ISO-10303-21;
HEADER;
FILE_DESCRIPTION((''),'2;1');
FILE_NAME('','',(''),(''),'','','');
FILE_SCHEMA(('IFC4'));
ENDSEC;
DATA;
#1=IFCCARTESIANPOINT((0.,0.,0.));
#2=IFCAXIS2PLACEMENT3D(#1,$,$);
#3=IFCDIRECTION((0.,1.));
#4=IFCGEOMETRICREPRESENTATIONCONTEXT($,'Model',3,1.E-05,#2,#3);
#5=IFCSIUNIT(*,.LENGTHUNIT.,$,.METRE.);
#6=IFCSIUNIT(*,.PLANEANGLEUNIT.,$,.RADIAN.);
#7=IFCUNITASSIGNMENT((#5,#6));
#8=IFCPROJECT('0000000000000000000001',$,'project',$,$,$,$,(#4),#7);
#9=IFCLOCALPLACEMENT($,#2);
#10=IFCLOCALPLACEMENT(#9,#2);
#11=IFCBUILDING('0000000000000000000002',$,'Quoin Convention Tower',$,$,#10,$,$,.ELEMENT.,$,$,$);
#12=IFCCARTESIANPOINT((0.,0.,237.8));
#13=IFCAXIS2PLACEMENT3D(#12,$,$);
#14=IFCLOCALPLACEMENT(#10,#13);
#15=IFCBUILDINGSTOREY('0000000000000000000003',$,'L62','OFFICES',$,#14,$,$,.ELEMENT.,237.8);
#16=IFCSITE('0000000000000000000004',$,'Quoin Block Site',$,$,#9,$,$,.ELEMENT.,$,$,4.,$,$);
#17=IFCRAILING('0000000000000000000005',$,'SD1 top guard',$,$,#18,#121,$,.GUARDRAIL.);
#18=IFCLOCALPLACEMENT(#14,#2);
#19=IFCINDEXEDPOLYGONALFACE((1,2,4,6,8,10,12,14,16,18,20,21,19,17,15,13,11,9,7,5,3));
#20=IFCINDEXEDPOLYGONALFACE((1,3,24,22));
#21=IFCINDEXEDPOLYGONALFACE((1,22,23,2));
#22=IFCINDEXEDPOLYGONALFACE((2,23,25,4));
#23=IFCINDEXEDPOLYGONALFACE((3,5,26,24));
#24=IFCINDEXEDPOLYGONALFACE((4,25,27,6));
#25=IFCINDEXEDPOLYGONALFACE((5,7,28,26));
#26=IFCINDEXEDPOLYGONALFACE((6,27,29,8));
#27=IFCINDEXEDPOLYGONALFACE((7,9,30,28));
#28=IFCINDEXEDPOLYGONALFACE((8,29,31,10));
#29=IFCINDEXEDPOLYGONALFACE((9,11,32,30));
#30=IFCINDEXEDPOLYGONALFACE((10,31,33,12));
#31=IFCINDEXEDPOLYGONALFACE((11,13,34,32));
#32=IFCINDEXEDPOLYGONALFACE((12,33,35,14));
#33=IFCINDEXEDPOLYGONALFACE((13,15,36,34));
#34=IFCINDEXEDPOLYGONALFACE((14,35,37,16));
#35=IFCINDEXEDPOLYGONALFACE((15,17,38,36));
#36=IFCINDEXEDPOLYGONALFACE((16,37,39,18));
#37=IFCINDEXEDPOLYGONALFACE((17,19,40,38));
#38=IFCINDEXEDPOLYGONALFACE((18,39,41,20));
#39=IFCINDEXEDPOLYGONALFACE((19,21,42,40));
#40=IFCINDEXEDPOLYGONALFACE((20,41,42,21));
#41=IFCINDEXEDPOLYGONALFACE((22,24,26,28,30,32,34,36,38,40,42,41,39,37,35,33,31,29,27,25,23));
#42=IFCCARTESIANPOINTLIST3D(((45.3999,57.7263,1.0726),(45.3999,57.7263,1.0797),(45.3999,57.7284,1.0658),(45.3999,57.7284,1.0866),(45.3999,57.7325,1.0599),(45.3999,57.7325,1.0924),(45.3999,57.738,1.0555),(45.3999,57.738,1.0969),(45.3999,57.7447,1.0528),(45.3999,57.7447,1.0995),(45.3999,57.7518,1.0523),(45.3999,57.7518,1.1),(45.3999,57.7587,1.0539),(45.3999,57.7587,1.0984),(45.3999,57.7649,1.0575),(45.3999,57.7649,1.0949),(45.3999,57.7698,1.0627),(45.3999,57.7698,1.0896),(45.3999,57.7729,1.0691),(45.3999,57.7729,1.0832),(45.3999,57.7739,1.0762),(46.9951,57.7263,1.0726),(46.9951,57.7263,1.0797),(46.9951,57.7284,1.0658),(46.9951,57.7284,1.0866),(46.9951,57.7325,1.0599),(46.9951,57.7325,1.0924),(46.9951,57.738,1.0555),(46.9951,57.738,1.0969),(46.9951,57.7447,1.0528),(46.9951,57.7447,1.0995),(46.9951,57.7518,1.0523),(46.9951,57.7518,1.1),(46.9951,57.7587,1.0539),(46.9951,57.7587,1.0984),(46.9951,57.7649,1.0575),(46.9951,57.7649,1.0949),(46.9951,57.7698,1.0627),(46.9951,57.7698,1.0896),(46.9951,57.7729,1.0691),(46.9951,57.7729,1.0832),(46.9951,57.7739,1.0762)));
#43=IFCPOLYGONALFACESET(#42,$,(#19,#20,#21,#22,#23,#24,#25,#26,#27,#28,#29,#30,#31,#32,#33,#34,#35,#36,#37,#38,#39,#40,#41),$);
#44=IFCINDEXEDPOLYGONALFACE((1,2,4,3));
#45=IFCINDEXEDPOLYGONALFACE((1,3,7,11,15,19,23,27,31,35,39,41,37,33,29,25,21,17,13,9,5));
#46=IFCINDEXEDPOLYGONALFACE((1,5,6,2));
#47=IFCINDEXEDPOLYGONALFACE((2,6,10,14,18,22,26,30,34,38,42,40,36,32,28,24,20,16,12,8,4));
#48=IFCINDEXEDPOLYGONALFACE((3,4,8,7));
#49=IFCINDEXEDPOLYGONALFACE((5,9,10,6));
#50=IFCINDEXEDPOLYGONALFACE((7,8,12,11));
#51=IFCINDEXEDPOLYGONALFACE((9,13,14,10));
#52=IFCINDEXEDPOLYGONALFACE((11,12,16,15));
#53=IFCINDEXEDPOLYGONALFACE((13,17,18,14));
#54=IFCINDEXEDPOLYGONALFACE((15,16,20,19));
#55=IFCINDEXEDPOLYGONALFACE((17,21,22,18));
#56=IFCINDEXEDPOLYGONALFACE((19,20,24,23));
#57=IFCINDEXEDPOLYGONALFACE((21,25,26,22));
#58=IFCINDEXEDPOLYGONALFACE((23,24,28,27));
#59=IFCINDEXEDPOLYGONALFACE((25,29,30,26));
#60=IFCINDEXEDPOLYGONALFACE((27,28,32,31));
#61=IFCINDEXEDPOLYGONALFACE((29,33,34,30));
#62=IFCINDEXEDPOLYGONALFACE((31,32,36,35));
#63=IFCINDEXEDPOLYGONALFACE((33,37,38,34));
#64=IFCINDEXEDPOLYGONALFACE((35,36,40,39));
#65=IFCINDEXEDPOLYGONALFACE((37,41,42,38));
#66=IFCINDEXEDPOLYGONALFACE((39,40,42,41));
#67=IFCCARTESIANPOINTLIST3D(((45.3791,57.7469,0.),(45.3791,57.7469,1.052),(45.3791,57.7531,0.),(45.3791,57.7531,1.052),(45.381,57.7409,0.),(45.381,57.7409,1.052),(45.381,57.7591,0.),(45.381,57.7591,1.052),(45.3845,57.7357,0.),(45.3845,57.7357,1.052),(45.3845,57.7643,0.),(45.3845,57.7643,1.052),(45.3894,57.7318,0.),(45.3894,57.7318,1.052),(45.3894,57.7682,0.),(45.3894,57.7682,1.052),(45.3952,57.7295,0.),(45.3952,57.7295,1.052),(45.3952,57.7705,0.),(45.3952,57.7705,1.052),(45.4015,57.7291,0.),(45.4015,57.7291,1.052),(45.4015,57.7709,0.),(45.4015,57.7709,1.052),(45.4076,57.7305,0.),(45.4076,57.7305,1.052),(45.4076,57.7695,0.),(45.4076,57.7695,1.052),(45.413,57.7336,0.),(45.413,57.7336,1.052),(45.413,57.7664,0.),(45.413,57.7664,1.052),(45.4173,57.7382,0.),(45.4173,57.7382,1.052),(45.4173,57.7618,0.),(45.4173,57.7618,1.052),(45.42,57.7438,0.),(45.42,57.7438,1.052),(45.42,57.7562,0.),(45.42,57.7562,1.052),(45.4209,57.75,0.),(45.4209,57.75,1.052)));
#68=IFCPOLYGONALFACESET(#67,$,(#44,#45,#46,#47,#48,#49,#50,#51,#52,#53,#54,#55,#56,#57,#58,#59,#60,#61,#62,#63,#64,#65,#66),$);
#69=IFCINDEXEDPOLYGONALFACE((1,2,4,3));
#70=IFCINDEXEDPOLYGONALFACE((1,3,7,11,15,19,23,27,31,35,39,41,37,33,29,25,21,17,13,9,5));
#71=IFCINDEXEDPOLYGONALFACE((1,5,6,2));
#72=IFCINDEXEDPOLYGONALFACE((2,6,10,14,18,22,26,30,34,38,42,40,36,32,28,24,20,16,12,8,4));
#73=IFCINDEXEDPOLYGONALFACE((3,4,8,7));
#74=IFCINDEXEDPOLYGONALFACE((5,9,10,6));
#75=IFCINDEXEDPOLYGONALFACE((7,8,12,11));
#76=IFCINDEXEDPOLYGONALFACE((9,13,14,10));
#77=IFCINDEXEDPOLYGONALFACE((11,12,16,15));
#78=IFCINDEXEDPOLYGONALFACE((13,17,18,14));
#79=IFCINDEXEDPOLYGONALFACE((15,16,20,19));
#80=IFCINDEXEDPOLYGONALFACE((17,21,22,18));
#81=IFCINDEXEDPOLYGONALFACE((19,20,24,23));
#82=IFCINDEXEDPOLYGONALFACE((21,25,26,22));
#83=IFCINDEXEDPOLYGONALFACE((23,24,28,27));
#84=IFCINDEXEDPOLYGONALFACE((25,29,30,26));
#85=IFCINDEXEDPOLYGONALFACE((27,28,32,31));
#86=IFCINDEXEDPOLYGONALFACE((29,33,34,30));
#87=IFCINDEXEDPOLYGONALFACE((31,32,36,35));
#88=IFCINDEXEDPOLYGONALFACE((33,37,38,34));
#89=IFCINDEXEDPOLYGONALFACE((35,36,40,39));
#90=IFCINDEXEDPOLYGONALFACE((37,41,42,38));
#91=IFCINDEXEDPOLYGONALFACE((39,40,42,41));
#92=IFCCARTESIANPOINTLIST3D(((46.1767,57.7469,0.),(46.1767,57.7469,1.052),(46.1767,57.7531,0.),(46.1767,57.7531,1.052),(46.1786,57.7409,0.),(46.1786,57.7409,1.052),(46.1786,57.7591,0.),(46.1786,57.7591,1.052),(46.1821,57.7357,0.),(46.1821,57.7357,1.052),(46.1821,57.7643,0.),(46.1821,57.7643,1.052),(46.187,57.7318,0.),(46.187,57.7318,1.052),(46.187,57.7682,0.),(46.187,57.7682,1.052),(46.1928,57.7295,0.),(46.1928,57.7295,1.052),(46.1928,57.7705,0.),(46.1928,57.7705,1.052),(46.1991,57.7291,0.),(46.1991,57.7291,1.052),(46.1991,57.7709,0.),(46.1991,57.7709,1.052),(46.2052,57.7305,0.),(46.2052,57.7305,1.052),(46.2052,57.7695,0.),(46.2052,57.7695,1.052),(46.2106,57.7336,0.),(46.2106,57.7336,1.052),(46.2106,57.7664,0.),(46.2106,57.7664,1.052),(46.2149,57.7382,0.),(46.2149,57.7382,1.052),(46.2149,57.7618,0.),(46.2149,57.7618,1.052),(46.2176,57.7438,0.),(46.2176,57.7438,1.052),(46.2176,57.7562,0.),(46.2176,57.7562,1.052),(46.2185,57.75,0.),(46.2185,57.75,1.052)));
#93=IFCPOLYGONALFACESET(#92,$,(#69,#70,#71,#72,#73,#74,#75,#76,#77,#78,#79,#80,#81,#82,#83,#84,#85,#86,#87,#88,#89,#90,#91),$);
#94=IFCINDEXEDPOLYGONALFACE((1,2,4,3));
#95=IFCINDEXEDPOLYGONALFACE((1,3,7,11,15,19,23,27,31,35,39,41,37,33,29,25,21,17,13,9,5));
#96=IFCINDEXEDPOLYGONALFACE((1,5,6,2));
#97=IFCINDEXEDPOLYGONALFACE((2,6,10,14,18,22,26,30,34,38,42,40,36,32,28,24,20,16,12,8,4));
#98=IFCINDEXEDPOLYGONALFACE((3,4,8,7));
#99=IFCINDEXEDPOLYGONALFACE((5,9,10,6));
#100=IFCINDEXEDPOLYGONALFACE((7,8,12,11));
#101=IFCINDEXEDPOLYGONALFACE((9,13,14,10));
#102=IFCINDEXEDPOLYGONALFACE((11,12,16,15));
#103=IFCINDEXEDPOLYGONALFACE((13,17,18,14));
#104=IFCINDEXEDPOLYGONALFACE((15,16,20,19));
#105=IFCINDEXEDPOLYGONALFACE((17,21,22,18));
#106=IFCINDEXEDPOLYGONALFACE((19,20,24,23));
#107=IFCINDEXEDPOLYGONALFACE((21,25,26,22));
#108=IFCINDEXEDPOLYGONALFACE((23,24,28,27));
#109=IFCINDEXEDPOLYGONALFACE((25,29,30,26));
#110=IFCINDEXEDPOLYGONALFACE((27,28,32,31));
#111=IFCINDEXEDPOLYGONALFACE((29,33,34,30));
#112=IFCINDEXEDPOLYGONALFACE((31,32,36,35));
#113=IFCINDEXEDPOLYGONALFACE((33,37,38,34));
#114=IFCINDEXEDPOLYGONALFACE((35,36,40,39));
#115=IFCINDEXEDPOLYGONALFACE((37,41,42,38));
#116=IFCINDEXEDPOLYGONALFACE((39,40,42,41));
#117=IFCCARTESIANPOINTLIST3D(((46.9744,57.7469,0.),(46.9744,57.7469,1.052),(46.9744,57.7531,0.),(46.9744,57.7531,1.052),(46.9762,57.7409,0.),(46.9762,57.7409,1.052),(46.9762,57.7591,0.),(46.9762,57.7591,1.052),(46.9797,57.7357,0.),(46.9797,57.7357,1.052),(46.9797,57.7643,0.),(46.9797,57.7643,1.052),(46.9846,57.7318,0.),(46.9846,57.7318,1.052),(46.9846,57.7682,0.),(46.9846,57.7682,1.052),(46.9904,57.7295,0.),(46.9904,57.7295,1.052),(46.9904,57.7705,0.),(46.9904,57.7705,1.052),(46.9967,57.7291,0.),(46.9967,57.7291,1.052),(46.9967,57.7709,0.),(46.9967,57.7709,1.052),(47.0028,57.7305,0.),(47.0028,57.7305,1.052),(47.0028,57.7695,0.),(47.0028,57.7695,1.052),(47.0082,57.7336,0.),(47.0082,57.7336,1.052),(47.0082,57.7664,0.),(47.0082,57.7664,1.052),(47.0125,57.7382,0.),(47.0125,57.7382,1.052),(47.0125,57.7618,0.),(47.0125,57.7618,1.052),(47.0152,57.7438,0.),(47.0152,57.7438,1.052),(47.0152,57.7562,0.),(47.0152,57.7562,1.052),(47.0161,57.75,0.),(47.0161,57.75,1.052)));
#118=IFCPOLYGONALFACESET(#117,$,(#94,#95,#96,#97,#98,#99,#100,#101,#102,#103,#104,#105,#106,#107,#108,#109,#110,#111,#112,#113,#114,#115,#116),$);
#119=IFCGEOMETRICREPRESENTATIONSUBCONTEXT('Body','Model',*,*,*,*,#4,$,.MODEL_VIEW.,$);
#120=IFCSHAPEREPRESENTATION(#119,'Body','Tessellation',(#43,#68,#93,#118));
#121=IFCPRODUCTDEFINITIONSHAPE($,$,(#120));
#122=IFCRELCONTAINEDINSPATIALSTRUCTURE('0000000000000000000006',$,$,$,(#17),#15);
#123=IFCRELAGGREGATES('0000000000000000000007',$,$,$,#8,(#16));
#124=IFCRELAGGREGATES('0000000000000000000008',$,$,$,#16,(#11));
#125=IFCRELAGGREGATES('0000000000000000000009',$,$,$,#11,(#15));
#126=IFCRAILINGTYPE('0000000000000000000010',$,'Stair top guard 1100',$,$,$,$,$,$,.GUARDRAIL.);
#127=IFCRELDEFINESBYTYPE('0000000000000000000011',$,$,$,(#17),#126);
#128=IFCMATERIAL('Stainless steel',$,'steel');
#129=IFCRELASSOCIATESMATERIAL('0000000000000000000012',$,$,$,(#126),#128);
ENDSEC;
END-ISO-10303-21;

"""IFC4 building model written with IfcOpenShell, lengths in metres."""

from ifc_helpers import new_model, si_unit, direction, frame, origin, origin_2d, place, context, subcontext, project, spatial, circle, extrude, material, type_object, element, save


model = new_model("IFC4")

# Units and contexts
model_context = context("Model", 3, precision=1e-05, world=origin(), true_north=direction((0.0, 1.0)))
body_context = subcontext(model_context, "Body", "Model", "MODEL_VIEW")
ifc_project = project(units=[si_unit("LENGTHUNIT", "METRE"), si_unit("PLANEANGLEUNIT", "RADIAN")], contexts=[model_context])

# Site, building, storey
site_placement = place(None, origin())
site = spatial("IfcSite", under=ifc_project, at=site_placement, Name="Quoin Block Site", CompositionType="ELEMENT", RefElevation=4.0)
building_placement = place(site_placement, origin())
building = spatial("IfcBuilding", under=site, at=building_placement, Name="Quoin Convention Tower", CompositionType="ELEMENT")
storey_placement = place(building_placement, frame((0.0, 0.0, 237.8)))
storey = spatial("IfcBuildingStorey", under=building, at=storey_placement, Name="L62", Description="OFFICES", CompositionType="ELEMENT", Elevation=237.8)

# Railing
ifc_material_1 = material(Name="Stainless steel", Category="steel")
railing_type = type_object("IfcRailingType", Name="Stair top guard 1100", PredefinedType="GUARDRAIL", material=ifc_material_1)
railing_placement = place(storey_placement, frame((45.3999, 57.75, 0.0)))
element("IfcRailing", 1, at=railing_placement, inside=storey, type_object=railing_type, Name="SD1 top guard", PredefinedType="GUARDRAIL", context=body_context, shape_type="SweptSolid", body=[
    extrude(circle(Radius=0.0239, at=origin_2d()), frame((0.0, 0.0, 1.0762), z_axis=(1.0, 0.0, 0.0), x_axis=(0.0, 1.0, 0.0)), (0.0, 0.0, 1.0), 1.5952),
    extrude(circle(Radius=0.021, at=origin_2d()), origin(), (0.0, 0.0, 1.0), 1.052),
    extrude(circle(Radius=0.021, at=origin_2d()), frame((0.7976, 0.0, 0.0)), (0.0, 0.0, 1.0), 1.052),
    extrude(circle(Radius=0.021, at=origin_2d()), frame((1.5952, 0.0, 0.0)), (0.0, 0.0, 1.0), 1.052),
])

save(model, "model.ifc")
